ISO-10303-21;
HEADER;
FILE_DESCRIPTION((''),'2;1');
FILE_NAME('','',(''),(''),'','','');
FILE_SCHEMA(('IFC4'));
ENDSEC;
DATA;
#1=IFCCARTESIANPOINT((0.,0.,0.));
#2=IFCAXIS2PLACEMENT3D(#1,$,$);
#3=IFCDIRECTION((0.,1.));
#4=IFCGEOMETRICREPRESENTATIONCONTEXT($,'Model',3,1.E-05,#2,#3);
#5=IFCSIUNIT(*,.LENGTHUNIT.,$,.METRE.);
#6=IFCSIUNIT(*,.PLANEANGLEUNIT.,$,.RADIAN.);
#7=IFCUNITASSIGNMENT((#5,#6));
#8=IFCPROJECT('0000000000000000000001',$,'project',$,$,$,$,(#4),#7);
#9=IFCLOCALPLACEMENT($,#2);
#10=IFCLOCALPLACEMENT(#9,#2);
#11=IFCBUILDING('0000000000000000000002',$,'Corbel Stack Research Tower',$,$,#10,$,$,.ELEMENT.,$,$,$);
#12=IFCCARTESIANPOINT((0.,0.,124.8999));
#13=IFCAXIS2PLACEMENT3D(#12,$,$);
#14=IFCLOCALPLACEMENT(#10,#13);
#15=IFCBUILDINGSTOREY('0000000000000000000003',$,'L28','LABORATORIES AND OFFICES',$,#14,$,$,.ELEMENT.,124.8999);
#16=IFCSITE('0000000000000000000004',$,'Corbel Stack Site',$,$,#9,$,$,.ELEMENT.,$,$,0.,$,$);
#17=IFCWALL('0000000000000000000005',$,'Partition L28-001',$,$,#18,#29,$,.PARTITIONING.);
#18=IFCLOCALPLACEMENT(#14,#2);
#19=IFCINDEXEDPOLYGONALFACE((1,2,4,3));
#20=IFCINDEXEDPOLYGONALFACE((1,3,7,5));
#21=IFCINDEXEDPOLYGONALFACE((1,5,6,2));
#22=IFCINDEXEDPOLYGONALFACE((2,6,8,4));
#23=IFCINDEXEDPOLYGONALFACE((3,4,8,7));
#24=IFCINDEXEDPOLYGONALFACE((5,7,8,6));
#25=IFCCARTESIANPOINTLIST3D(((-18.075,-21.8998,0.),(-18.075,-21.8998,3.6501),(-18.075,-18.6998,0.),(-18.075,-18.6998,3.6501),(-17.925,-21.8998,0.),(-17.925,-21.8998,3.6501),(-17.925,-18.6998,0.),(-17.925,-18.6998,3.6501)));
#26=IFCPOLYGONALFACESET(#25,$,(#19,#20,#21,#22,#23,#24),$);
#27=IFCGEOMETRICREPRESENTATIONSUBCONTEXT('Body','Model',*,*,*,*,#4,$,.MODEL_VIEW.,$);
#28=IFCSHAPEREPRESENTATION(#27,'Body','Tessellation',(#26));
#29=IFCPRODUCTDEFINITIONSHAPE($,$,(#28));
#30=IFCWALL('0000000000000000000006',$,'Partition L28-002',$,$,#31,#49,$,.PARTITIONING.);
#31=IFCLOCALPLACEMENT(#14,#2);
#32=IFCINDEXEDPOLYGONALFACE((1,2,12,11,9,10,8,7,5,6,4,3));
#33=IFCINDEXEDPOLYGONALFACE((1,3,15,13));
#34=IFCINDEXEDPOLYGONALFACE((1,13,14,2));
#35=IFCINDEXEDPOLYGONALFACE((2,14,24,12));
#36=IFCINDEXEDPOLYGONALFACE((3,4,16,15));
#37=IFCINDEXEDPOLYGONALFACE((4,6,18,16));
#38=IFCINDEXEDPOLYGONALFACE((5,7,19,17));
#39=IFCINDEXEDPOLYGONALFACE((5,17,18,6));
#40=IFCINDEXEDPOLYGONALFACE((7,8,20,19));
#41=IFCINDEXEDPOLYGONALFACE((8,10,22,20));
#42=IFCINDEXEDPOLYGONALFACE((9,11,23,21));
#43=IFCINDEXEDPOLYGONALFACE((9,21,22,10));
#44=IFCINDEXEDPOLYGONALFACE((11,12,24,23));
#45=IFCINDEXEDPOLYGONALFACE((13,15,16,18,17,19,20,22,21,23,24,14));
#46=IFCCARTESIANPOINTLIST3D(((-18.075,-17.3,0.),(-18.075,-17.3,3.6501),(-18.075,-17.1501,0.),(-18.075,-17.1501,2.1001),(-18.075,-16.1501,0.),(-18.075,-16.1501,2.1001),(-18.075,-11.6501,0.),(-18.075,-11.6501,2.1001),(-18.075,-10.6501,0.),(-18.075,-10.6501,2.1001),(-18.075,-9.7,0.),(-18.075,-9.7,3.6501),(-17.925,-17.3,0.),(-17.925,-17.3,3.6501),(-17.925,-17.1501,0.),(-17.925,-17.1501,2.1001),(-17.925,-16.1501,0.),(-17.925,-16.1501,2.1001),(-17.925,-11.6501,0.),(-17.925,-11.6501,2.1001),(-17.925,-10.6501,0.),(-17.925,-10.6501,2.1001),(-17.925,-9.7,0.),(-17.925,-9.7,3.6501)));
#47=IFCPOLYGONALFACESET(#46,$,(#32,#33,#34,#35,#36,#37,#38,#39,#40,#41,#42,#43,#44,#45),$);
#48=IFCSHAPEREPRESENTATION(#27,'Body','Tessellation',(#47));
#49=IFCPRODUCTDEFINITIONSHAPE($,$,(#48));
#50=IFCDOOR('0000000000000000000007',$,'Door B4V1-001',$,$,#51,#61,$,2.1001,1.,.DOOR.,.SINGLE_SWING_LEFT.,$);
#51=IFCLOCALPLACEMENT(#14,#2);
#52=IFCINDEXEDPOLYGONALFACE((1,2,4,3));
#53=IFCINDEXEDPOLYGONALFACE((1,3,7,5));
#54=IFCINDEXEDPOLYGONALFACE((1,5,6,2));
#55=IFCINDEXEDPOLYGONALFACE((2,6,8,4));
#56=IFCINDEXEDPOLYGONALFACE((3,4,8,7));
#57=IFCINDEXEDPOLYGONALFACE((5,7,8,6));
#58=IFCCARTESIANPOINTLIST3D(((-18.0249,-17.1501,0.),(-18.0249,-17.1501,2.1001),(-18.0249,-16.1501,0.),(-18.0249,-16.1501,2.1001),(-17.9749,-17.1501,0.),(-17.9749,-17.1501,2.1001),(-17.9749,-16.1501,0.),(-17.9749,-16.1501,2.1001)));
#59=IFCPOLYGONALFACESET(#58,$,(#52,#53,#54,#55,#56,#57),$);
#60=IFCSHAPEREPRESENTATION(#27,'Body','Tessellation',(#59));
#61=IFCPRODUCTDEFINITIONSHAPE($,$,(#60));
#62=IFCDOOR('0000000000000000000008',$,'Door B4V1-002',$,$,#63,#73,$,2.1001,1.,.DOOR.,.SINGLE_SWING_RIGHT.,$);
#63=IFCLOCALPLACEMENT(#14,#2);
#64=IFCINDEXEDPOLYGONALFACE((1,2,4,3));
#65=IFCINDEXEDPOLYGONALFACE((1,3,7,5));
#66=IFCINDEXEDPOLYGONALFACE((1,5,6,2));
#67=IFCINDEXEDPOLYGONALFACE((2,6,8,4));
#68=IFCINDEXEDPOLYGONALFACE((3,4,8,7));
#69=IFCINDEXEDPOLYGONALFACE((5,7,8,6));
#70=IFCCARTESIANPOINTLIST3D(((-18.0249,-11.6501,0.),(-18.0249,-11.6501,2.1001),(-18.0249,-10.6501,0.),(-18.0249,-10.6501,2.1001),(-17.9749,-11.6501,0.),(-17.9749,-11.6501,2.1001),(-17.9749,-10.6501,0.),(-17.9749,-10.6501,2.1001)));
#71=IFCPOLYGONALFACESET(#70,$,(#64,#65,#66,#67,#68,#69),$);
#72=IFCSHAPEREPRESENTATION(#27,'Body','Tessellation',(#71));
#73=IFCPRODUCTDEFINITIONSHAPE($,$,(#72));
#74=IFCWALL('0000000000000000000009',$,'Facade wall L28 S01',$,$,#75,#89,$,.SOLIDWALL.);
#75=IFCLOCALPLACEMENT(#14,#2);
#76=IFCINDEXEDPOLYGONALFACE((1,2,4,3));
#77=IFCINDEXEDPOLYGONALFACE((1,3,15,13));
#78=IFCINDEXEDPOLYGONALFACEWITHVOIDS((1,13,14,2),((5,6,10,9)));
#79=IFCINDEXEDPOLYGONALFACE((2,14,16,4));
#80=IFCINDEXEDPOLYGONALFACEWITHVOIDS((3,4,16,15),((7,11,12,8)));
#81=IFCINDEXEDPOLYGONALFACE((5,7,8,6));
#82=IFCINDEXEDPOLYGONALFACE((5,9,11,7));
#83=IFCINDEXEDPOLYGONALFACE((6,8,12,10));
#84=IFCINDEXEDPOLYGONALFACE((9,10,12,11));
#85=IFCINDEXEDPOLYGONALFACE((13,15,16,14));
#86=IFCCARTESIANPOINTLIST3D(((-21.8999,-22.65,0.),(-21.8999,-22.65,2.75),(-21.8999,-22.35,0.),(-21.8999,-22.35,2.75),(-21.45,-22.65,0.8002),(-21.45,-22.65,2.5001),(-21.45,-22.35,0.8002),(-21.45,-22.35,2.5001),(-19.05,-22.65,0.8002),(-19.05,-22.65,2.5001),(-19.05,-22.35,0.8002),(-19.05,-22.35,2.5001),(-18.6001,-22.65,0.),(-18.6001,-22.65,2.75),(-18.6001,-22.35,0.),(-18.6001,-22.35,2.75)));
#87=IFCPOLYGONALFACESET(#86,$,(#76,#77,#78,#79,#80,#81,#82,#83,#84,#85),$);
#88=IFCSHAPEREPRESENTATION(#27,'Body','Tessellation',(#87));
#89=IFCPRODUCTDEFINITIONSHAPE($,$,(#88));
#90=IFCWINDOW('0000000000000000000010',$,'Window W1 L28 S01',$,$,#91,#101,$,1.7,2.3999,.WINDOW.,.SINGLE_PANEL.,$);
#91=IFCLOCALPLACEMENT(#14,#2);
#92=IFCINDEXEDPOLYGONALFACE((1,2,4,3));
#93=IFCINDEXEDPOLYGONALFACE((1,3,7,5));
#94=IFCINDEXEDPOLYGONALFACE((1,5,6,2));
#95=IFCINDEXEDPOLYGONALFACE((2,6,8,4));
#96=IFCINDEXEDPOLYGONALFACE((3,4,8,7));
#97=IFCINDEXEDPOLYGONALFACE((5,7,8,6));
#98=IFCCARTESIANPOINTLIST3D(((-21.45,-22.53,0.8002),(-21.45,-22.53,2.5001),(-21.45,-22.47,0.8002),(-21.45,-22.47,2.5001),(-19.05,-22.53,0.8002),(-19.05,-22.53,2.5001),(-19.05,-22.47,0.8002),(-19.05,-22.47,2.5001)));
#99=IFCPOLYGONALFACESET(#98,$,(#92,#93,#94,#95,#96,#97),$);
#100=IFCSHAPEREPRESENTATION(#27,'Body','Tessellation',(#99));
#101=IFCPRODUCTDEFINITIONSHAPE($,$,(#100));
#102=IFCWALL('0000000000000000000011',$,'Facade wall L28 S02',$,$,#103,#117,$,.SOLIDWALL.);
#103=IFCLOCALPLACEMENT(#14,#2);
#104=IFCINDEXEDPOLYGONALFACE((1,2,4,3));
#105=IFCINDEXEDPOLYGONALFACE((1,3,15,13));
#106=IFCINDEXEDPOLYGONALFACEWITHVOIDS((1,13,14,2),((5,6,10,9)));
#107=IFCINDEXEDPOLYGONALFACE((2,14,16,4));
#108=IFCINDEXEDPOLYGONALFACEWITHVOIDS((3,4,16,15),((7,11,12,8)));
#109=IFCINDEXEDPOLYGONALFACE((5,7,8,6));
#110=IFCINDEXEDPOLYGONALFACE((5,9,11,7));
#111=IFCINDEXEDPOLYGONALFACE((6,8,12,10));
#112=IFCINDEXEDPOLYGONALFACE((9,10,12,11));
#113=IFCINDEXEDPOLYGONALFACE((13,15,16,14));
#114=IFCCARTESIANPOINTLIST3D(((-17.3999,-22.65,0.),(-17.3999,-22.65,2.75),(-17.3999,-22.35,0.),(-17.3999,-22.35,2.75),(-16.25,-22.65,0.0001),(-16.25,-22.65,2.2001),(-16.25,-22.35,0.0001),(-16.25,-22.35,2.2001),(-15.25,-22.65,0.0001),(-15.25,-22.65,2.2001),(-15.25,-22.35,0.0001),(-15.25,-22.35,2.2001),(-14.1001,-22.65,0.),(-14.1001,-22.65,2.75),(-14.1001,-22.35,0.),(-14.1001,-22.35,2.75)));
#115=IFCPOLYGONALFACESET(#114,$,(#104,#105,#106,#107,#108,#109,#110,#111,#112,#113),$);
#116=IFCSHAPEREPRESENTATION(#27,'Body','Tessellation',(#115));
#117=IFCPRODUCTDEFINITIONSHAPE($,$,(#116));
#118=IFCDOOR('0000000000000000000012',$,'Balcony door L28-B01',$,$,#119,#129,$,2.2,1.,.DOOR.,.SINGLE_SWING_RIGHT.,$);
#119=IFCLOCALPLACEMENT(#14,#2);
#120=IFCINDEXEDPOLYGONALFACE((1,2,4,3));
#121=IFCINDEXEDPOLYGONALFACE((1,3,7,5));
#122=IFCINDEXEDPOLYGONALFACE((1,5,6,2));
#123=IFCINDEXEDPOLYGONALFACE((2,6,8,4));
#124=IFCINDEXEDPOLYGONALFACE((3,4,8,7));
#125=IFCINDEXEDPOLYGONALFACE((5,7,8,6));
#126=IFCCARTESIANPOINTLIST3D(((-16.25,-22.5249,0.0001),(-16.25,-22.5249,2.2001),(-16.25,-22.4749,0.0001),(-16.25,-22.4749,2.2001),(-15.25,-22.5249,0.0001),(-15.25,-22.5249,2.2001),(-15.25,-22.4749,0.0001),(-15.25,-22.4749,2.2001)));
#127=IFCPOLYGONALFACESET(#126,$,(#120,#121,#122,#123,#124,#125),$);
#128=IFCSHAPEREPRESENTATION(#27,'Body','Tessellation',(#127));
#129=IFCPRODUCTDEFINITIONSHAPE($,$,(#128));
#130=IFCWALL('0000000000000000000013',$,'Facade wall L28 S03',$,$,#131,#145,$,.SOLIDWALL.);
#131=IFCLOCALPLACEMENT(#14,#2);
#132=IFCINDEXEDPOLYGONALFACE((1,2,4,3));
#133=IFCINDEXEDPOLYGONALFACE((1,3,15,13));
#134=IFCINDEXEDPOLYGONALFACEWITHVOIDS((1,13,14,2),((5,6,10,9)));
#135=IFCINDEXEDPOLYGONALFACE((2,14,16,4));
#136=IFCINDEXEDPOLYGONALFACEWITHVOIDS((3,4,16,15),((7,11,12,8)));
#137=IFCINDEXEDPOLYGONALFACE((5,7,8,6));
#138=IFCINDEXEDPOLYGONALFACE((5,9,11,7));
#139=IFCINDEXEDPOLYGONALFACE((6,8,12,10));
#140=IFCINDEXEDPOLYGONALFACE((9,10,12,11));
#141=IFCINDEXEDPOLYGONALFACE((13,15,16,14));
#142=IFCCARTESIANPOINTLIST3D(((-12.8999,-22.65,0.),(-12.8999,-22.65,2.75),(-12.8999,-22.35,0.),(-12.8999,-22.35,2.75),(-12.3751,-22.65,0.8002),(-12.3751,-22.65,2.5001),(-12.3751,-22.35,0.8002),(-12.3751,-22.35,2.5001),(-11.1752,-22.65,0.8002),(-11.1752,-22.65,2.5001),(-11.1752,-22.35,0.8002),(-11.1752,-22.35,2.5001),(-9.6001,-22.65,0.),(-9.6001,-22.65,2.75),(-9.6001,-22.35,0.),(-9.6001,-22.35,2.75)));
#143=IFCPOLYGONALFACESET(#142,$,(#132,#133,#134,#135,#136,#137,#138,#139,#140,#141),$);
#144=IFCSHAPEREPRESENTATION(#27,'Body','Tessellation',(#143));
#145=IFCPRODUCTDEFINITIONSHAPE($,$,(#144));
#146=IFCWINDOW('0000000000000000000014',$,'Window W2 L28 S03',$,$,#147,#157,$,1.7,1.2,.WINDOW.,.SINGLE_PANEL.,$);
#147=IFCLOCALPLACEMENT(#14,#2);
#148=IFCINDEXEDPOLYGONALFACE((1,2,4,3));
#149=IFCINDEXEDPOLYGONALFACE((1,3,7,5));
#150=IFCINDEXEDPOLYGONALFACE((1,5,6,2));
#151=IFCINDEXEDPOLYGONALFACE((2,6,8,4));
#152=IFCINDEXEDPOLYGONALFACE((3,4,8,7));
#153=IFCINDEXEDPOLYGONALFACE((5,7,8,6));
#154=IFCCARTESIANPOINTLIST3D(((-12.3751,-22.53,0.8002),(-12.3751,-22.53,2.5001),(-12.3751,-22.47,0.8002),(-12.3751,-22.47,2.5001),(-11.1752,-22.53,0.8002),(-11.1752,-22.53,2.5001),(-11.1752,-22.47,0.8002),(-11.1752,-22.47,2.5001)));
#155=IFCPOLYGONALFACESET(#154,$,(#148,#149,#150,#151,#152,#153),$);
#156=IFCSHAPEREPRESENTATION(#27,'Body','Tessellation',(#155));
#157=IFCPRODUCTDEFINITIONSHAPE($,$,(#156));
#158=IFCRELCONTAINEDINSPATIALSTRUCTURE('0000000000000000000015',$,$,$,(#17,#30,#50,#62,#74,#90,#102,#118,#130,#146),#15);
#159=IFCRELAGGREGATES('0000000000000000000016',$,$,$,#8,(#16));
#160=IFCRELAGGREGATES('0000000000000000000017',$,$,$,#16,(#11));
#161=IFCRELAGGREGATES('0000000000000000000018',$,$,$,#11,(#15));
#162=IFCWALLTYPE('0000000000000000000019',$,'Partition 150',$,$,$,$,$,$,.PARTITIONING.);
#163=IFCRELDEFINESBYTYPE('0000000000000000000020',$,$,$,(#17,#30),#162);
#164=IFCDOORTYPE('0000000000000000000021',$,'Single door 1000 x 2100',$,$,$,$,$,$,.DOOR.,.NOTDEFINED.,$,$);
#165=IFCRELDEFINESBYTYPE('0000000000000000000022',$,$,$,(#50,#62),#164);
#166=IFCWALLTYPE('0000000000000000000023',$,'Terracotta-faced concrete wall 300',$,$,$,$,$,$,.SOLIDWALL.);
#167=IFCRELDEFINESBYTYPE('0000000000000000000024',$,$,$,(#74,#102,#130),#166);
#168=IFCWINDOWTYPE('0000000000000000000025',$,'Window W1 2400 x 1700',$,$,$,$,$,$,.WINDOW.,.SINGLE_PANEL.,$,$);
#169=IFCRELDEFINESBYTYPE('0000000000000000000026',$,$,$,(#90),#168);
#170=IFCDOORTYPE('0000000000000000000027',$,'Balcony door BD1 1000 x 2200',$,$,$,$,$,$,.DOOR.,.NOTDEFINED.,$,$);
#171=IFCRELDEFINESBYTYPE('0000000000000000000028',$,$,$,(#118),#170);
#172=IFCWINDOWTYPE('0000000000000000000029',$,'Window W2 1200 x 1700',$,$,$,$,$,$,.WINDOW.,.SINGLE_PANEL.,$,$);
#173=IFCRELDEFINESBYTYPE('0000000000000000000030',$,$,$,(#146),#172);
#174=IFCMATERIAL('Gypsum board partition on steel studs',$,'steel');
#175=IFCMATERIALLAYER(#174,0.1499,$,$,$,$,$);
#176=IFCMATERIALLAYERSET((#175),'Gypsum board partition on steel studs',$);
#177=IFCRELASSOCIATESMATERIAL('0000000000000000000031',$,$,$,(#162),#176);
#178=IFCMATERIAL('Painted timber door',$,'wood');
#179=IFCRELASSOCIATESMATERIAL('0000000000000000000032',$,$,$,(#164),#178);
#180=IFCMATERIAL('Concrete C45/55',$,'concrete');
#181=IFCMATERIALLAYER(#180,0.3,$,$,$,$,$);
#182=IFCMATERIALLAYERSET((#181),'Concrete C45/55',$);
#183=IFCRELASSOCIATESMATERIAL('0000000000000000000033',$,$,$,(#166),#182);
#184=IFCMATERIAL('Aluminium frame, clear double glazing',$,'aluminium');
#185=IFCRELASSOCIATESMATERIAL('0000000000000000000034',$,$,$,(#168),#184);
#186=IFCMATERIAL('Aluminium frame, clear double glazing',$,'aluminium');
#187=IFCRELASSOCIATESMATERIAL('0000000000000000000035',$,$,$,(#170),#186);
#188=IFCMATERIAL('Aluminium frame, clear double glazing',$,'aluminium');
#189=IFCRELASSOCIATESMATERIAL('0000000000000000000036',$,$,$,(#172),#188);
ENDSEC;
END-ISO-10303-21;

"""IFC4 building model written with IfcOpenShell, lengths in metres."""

from ifc_helpers import new_model, si_unit, direction, frame, frame_2d, origin, place, context, subcontext, project, spatial, rectangle, extrude, material, layer, layer_set, type_object, element, fill, save


model = new_model("IFC4")

# Units and contexts
model_context = context("Model", 3, precision=1e-05, world=origin(), true_north=direction((0.0, 1.0)))
body_context = subcontext(model_context, "Body", "Model", "MODEL_VIEW")
ifc_project = project(units=[si_unit("LENGTHUNIT", "METRE"), si_unit("PLANEANGLEUNIT", "RADIAN")], contexts=[model_context])

# Site, building, storey
site_placement = place(None, origin())
site = spatial("IfcSite", under=ifc_project, at=site_placement, Name="Corbel Stack Site", CompositionType="ELEMENT", RefElevation=0.0)
building_placement = place(site_placement, origin())
building = spatial("IfcBuilding", under=site, at=building_placement, Name="Corbel Stack Research Tower", CompositionType="ELEMENT")
storey_placement = place(building_placement, frame((0.0, 0.0, 124.8999)))
storey = spatial("IfcBuildingStorey", under=building, at=storey_placement, Name="L28", Description="LABORATORIES AND OFFICES", CompositionType="ELEMENT", Elevation=124.8999)

# Wall
ifc_material_1 = material(Name="Gypsum board partition on steel studs", Category="steel")
ifc_layer_1 = layer(ifc_material_1, 0.1499)
ifc_layer_set_1 = layer_set([ifc_layer_1], Name="Gypsum board partition on steel studs")
wall_type_1 = type_object("IfcWallType", Name="Partition 150", PredefinedType="PARTITIONING", material=ifc_layer_set_1)
wall_1_placement = place(storey_placement, frame((-18.0, -21.8999, 0.0), z_axis=(0.0, 0.0, 1.0), x_axis=(0.0, 1.0, 0.0)))
element("IfcWall", 1, at=wall_1_placement, inside=storey, type_object=wall_type_1, Name="Partition L28-001", PredefinedType="PARTITIONING", context=body_context, shape_type="SweptSolid", body=[
    extrude(rectangle(XDim=3.2, YDim=0.1499, at=frame_2d((1.6001, 0.0))), origin(), (0.0, 0.0, 1.0), 3.6501),
])

# Wall, openings, doors
wall_2_placement = place(storey_placement, frame((-18.0, -17.3, 0.0), z_axis=(0.0, 0.0, 1.0), x_axis=(0.0, 1.0, 0.0)))
wall_2 = element("IfcWall", 2, at=wall_2_placement, inside=storey, type_object=wall_type_1, Name="Partition L28-002", PredefinedType="PARTITIONING", context=body_context, shape_type="SweptSolid", body=[
    extrude(rectangle(XDim=7.6001, YDim=0.1499, at=frame_2d((3.8, 0.0))), origin(), (0.0, 0.0, 1.0), 3.6501),
])
opening_1_placement = place(wall_2_placement, frame((0.1499, 0.0, 0.0)))
opening_1 = element("IfcOpeningElement", 3, at=opening_1_placement, cuts=wall_2, PredefinedType="OPENING", context=body_context, shape_type="SweptSolid", body=[
    extrude(rectangle(XDim=1.0, YDim=2.1001, at=frame_2d((0.5, 1.05))), frame((0.0, 0.085, 0.0), z_axis=(0.0, -1.0, 0.0), x_axis=(1.0, 0.0, 0.0)), (0.0, 0.0, 1.0), 0.1699),
])
opening_2_placement = place(wall_2_placement, frame((5.6499, 0.0, 0.0)))
opening_2 = element("IfcOpeningElement", 4, at=opening_2_placement, cuts=wall_2, PredefinedType="OPENING", context=body_context, shape_type="SweptSolid", body=[
    extrude(rectangle(XDim=1.0, YDim=2.1001, at=frame_2d((0.5, 1.05))), frame((0.0, 0.085, 0.0), z_axis=(0.0, -1.0, 0.0), x_axis=(1.0, 0.0, 0.0)), (0.0, 0.0, 1.0), 0.1699),
])
ifc_material_2 = material(Name="Painted timber door", Category="wood")
door_type_1 = type_object("IfcDoorType", Name="Single door 1000 x 2100", OperationType="NOTDEFINED", PredefinedType="DOOR", material=ifc_material_2)
door_1_placement = place(opening_1_placement, origin())
door_1 = element("IfcDoor", 5, at=door_1_placement, inside=storey, type_object=door_type_1, Name="Door B4V1-001", OperationType="SINGLE_SWING_LEFT", OverallHeight=2.1001, OverallWidth=1.0, PredefinedType="DOOR", context=body_context, shape_type="SweptSolid", body=[
    extrude(rectangle(XDim=1.0, YDim=2.1001, at=frame_2d((0.5, 1.05))), frame((0.0, 0.0249, 0.0), z_axis=(0.0, -1.0, 0.0), x_axis=(1.0, 0.0, 0.0)), (0.0, 0.0, 1.0), 0.05),
])
fill(opening_1, door_1)
door_2_placement = place(opening_2_placement, origin())
door_2 = element("IfcDoor", 6, at=door_2_placement, inside=storey, type_object=door_type_1, Name="Door B4V1-002", OperationType="SINGLE_SWING_RIGHT", OverallHeight=2.1001, OverallWidth=1.0, PredefinedType="DOOR", context=body_context, shape_type="SweptSolid", body=[
    extrude(rectangle(XDim=1.0, YDim=2.1001, at=frame_2d((0.5, 1.05))), frame((0.0, 0.0249, 0.0), z_axis=(0.0, -1.0, 0.0), x_axis=(1.0, 0.0, 0.0)), (0.0, 0.0, 1.0), 0.05),
])
fill(opening_2, door_2)

# Wall, opening, window
ifc_material_3 = material(Name="Concrete C45/55", Category="concrete")
ifc_layer_2 = layer(ifc_material_3, 0.3)
ifc_layer_set_2 = layer_set([ifc_layer_2], Name="Concrete C45/55")
wall_type_2 = type_object("IfcWallType", Name="Terracotta-faced concrete wall 300", PredefinedType="SOLIDWALL", material=ifc_layer_set_2)
wall_3_placement = place(storey_placement, frame((-18.6001, -22.5, 0.0), z_axis=(0.0, 0.0, 1.0), x_axis=(-1.0, 0.0, 0.0)))
wall_3 = element("IfcWall", 7, at=wall_3_placement, inside=storey, type_object=wall_type_2, Name="Facade wall L28 S01", PredefinedType="SOLIDWALL", context=body_context, shape_type="SweptSolid", body=[
    extrude(rectangle(XDim=3.2998, YDim=0.3, at=frame_2d((1.6499, 0.0))), origin(), (0.0, 0.0, 1.0), 2.75),
])
opening_3_placement = place(wall_3_placement, frame((0.45, 0.0, 0.8)))
opening_3 = element("IfcOpeningElement", 8, at=opening_3_placement, cuts=wall_3, PredefinedType="OPENING", context=body_context, shape_type="SweptSolid", body=[
    extrude(rectangle(XDim=2.3999, YDim=1.7, at=frame_2d((1.2, 0.8501))), frame((0.0, 0.1599, 0.0), z_axis=(0.0, -1.0, 0.0), x_axis=(1.0, 0.0, 0.0)), (0.0, 0.0, 1.0), 0.3201),
])
ifc_material_4 = material(Name="Aluminium frame, clear double glazing", Category="aluminium")
window_type_1 = type_object("IfcWindowType", Name="Window W1 2400 x 1700", PartitioningType="SINGLE_PANEL", PredefinedType="WINDOW", material=ifc_material_4)
window_1_placement = place(opening_3_placement, origin())
window_1 = element("IfcWindow", 9, at=window_1_placement, inside=storey, type_object=window_type_1, Name="Window W1 L28 S01", OverallHeight=1.7, OverallWidth=2.3999, PartitioningType="SINGLE_PANEL", PredefinedType="WINDOW", context=body_context, shape_type="SweptSolid", body=[
    extrude(rectangle(XDim=2.3999, YDim=1.7, at=frame_2d((1.2, 0.8501))), frame((0.0, 0.03, 0.0), z_axis=(0.0, -1.0, 0.0), x_axis=(1.0, 0.0, 0.0)), (0.0, 0.0, 1.0), 0.0601),
])
fill(opening_3, window_1)

# Wall, opening, door
wall_4_placement = place(storey_placement, frame((-14.1001, -22.5, 0.0), z_axis=(0.0, 0.0, 1.0), x_axis=(-1.0, 0.0, 0.0)))
wall_4 = element("IfcWall", 10, at=wall_4_placement, inside=storey, type_object=wall_type_2, Name="Facade wall L28 S02", PredefinedType="SOLIDWALL", context=body_context, shape_type="SweptSolid", body=[
    extrude(rectangle(XDim=3.2998, YDim=0.3, at=frame_2d((1.6499, 0.0))), origin(), (0.0, 0.0, 1.0), 2.75),
])
opening_4_placement = place(wall_4_placement, frame((1.1499, 0.0, 0.0)))
opening_4 = element("IfcOpeningElement", 11, at=opening_4_placement, cuts=wall_4, PredefinedType="OPENING", context=body_context, shape_type="SweptSolid", body=[
    extrude(rectangle(XDim=1.0, YDim=2.2, at=frame_2d((0.5, 1.1001))), frame((0.0, 0.1599, 0.0), z_axis=(0.0, -1.0, 0.0), x_axis=(1.0, 0.0, 0.0)), (0.0, 0.0, 1.0), 0.3201),
])
ifc_material_5 = material(Name="Aluminium frame, clear double glazing", Category="aluminium")
door_type_2 = type_object("IfcDoorType", Name="Balcony door BD1 1000 x 2200", OperationType="NOTDEFINED", PredefinedType="DOOR", material=ifc_material_5)
door_3_placement = place(opening_4_placement, origin())
door_3 = element("IfcDoor", 12, at=door_3_placement, inside=storey, type_object=door_type_2, Name="Balcony door L28-B01", OperationType="SINGLE_SWING_RIGHT", OverallHeight=2.2, OverallWidth=1.0, PredefinedType="DOOR", context=body_context, shape_type="SweptSolid", body=[
    extrude(rectangle(XDim=1.0, YDim=2.2, at=frame_2d((0.5, 1.1001))), frame((0.0, 0.0249, 0.0), z_axis=(0.0, -1.0, 0.0), x_axis=(1.0, 0.0, 0.0)), (0.0, 0.0, 1.0), 0.05),
])
fill(opening_4, door_3)

# Wall, opening, window
wall_5_placement = place(storey_placement, frame((-9.6001, -22.5, 0.0), z_axis=(0.0, 0.0, 1.0), x_axis=(-1.0, 0.0, 0.0)))
wall_5 = element("IfcWall", 13, at=wall_5_placement, inside=storey, type_object=wall_type_2, Name="Facade wall L28 S03", PredefinedType="SOLIDWALL", context=body_context, shape_type="SweptSolid", body=[
    extrude(rectangle(XDim=3.2998, YDim=0.3, at=frame_2d((1.6499, 0.0))), origin(), (0.0, 0.0, 1.0), 2.75),
])
opening_5_placement = place(wall_5_placement, frame((1.575, 0.0, 0.8)))
opening_5 = element("IfcOpeningElement", 14, at=opening_5_placement, cuts=wall_5, PredefinedType="OPENING", context=body_context, shape_type="SweptSolid", body=[
    extrude(rectangle(XDim=1.2, YDim=1.7, at=frame_2d((0.6001, 0.8501))), frame((0.0, 0.1599, 0.0), z_axis=(0.0, -1.0, 0.0), x_axis=(1.0, 0.0, 0.0)), (0.0, 0.0, 1.0), 0.3201),
])
ifc_material_6 = material(Name="Aluminium frame, clear double glazing", Category="aluminium")
window_type_2 = type_object("IfcWindowType", Name="Window W2 1200 x 1700", PartitioningType="SINGLE_PANEL", PredefinedType="WINDOW", material=ifc_material_6)
window_2_placement = place(opening_5_placement, origin())
window_2 = element("IfcWindow", 15, at=window_2_placement, inside=storey, type_object=window_type_2, Name="Window W2 L28 S03", OverallHeight=1.7, OverallWidth=1.2, PartitioningType="SINGLE_PANEL", PredefinedType="WINDOW", context=body_context, shape_type="SweptSolid", body=[
    extrude(rectangle(XDim=1.2, YDim=1.7, at=frame_2d((0.6001, 0.8501))), frame((0.0, 0.03, 0.0), z_axis=(0.0, -1.0, 0.0), x_axis=(1.0, 0.0, 0.0)), (0.0, 0.0, 1.0), 0.0601),
])
fill(opening_5, window_2)

save(model, "model.ifc")
